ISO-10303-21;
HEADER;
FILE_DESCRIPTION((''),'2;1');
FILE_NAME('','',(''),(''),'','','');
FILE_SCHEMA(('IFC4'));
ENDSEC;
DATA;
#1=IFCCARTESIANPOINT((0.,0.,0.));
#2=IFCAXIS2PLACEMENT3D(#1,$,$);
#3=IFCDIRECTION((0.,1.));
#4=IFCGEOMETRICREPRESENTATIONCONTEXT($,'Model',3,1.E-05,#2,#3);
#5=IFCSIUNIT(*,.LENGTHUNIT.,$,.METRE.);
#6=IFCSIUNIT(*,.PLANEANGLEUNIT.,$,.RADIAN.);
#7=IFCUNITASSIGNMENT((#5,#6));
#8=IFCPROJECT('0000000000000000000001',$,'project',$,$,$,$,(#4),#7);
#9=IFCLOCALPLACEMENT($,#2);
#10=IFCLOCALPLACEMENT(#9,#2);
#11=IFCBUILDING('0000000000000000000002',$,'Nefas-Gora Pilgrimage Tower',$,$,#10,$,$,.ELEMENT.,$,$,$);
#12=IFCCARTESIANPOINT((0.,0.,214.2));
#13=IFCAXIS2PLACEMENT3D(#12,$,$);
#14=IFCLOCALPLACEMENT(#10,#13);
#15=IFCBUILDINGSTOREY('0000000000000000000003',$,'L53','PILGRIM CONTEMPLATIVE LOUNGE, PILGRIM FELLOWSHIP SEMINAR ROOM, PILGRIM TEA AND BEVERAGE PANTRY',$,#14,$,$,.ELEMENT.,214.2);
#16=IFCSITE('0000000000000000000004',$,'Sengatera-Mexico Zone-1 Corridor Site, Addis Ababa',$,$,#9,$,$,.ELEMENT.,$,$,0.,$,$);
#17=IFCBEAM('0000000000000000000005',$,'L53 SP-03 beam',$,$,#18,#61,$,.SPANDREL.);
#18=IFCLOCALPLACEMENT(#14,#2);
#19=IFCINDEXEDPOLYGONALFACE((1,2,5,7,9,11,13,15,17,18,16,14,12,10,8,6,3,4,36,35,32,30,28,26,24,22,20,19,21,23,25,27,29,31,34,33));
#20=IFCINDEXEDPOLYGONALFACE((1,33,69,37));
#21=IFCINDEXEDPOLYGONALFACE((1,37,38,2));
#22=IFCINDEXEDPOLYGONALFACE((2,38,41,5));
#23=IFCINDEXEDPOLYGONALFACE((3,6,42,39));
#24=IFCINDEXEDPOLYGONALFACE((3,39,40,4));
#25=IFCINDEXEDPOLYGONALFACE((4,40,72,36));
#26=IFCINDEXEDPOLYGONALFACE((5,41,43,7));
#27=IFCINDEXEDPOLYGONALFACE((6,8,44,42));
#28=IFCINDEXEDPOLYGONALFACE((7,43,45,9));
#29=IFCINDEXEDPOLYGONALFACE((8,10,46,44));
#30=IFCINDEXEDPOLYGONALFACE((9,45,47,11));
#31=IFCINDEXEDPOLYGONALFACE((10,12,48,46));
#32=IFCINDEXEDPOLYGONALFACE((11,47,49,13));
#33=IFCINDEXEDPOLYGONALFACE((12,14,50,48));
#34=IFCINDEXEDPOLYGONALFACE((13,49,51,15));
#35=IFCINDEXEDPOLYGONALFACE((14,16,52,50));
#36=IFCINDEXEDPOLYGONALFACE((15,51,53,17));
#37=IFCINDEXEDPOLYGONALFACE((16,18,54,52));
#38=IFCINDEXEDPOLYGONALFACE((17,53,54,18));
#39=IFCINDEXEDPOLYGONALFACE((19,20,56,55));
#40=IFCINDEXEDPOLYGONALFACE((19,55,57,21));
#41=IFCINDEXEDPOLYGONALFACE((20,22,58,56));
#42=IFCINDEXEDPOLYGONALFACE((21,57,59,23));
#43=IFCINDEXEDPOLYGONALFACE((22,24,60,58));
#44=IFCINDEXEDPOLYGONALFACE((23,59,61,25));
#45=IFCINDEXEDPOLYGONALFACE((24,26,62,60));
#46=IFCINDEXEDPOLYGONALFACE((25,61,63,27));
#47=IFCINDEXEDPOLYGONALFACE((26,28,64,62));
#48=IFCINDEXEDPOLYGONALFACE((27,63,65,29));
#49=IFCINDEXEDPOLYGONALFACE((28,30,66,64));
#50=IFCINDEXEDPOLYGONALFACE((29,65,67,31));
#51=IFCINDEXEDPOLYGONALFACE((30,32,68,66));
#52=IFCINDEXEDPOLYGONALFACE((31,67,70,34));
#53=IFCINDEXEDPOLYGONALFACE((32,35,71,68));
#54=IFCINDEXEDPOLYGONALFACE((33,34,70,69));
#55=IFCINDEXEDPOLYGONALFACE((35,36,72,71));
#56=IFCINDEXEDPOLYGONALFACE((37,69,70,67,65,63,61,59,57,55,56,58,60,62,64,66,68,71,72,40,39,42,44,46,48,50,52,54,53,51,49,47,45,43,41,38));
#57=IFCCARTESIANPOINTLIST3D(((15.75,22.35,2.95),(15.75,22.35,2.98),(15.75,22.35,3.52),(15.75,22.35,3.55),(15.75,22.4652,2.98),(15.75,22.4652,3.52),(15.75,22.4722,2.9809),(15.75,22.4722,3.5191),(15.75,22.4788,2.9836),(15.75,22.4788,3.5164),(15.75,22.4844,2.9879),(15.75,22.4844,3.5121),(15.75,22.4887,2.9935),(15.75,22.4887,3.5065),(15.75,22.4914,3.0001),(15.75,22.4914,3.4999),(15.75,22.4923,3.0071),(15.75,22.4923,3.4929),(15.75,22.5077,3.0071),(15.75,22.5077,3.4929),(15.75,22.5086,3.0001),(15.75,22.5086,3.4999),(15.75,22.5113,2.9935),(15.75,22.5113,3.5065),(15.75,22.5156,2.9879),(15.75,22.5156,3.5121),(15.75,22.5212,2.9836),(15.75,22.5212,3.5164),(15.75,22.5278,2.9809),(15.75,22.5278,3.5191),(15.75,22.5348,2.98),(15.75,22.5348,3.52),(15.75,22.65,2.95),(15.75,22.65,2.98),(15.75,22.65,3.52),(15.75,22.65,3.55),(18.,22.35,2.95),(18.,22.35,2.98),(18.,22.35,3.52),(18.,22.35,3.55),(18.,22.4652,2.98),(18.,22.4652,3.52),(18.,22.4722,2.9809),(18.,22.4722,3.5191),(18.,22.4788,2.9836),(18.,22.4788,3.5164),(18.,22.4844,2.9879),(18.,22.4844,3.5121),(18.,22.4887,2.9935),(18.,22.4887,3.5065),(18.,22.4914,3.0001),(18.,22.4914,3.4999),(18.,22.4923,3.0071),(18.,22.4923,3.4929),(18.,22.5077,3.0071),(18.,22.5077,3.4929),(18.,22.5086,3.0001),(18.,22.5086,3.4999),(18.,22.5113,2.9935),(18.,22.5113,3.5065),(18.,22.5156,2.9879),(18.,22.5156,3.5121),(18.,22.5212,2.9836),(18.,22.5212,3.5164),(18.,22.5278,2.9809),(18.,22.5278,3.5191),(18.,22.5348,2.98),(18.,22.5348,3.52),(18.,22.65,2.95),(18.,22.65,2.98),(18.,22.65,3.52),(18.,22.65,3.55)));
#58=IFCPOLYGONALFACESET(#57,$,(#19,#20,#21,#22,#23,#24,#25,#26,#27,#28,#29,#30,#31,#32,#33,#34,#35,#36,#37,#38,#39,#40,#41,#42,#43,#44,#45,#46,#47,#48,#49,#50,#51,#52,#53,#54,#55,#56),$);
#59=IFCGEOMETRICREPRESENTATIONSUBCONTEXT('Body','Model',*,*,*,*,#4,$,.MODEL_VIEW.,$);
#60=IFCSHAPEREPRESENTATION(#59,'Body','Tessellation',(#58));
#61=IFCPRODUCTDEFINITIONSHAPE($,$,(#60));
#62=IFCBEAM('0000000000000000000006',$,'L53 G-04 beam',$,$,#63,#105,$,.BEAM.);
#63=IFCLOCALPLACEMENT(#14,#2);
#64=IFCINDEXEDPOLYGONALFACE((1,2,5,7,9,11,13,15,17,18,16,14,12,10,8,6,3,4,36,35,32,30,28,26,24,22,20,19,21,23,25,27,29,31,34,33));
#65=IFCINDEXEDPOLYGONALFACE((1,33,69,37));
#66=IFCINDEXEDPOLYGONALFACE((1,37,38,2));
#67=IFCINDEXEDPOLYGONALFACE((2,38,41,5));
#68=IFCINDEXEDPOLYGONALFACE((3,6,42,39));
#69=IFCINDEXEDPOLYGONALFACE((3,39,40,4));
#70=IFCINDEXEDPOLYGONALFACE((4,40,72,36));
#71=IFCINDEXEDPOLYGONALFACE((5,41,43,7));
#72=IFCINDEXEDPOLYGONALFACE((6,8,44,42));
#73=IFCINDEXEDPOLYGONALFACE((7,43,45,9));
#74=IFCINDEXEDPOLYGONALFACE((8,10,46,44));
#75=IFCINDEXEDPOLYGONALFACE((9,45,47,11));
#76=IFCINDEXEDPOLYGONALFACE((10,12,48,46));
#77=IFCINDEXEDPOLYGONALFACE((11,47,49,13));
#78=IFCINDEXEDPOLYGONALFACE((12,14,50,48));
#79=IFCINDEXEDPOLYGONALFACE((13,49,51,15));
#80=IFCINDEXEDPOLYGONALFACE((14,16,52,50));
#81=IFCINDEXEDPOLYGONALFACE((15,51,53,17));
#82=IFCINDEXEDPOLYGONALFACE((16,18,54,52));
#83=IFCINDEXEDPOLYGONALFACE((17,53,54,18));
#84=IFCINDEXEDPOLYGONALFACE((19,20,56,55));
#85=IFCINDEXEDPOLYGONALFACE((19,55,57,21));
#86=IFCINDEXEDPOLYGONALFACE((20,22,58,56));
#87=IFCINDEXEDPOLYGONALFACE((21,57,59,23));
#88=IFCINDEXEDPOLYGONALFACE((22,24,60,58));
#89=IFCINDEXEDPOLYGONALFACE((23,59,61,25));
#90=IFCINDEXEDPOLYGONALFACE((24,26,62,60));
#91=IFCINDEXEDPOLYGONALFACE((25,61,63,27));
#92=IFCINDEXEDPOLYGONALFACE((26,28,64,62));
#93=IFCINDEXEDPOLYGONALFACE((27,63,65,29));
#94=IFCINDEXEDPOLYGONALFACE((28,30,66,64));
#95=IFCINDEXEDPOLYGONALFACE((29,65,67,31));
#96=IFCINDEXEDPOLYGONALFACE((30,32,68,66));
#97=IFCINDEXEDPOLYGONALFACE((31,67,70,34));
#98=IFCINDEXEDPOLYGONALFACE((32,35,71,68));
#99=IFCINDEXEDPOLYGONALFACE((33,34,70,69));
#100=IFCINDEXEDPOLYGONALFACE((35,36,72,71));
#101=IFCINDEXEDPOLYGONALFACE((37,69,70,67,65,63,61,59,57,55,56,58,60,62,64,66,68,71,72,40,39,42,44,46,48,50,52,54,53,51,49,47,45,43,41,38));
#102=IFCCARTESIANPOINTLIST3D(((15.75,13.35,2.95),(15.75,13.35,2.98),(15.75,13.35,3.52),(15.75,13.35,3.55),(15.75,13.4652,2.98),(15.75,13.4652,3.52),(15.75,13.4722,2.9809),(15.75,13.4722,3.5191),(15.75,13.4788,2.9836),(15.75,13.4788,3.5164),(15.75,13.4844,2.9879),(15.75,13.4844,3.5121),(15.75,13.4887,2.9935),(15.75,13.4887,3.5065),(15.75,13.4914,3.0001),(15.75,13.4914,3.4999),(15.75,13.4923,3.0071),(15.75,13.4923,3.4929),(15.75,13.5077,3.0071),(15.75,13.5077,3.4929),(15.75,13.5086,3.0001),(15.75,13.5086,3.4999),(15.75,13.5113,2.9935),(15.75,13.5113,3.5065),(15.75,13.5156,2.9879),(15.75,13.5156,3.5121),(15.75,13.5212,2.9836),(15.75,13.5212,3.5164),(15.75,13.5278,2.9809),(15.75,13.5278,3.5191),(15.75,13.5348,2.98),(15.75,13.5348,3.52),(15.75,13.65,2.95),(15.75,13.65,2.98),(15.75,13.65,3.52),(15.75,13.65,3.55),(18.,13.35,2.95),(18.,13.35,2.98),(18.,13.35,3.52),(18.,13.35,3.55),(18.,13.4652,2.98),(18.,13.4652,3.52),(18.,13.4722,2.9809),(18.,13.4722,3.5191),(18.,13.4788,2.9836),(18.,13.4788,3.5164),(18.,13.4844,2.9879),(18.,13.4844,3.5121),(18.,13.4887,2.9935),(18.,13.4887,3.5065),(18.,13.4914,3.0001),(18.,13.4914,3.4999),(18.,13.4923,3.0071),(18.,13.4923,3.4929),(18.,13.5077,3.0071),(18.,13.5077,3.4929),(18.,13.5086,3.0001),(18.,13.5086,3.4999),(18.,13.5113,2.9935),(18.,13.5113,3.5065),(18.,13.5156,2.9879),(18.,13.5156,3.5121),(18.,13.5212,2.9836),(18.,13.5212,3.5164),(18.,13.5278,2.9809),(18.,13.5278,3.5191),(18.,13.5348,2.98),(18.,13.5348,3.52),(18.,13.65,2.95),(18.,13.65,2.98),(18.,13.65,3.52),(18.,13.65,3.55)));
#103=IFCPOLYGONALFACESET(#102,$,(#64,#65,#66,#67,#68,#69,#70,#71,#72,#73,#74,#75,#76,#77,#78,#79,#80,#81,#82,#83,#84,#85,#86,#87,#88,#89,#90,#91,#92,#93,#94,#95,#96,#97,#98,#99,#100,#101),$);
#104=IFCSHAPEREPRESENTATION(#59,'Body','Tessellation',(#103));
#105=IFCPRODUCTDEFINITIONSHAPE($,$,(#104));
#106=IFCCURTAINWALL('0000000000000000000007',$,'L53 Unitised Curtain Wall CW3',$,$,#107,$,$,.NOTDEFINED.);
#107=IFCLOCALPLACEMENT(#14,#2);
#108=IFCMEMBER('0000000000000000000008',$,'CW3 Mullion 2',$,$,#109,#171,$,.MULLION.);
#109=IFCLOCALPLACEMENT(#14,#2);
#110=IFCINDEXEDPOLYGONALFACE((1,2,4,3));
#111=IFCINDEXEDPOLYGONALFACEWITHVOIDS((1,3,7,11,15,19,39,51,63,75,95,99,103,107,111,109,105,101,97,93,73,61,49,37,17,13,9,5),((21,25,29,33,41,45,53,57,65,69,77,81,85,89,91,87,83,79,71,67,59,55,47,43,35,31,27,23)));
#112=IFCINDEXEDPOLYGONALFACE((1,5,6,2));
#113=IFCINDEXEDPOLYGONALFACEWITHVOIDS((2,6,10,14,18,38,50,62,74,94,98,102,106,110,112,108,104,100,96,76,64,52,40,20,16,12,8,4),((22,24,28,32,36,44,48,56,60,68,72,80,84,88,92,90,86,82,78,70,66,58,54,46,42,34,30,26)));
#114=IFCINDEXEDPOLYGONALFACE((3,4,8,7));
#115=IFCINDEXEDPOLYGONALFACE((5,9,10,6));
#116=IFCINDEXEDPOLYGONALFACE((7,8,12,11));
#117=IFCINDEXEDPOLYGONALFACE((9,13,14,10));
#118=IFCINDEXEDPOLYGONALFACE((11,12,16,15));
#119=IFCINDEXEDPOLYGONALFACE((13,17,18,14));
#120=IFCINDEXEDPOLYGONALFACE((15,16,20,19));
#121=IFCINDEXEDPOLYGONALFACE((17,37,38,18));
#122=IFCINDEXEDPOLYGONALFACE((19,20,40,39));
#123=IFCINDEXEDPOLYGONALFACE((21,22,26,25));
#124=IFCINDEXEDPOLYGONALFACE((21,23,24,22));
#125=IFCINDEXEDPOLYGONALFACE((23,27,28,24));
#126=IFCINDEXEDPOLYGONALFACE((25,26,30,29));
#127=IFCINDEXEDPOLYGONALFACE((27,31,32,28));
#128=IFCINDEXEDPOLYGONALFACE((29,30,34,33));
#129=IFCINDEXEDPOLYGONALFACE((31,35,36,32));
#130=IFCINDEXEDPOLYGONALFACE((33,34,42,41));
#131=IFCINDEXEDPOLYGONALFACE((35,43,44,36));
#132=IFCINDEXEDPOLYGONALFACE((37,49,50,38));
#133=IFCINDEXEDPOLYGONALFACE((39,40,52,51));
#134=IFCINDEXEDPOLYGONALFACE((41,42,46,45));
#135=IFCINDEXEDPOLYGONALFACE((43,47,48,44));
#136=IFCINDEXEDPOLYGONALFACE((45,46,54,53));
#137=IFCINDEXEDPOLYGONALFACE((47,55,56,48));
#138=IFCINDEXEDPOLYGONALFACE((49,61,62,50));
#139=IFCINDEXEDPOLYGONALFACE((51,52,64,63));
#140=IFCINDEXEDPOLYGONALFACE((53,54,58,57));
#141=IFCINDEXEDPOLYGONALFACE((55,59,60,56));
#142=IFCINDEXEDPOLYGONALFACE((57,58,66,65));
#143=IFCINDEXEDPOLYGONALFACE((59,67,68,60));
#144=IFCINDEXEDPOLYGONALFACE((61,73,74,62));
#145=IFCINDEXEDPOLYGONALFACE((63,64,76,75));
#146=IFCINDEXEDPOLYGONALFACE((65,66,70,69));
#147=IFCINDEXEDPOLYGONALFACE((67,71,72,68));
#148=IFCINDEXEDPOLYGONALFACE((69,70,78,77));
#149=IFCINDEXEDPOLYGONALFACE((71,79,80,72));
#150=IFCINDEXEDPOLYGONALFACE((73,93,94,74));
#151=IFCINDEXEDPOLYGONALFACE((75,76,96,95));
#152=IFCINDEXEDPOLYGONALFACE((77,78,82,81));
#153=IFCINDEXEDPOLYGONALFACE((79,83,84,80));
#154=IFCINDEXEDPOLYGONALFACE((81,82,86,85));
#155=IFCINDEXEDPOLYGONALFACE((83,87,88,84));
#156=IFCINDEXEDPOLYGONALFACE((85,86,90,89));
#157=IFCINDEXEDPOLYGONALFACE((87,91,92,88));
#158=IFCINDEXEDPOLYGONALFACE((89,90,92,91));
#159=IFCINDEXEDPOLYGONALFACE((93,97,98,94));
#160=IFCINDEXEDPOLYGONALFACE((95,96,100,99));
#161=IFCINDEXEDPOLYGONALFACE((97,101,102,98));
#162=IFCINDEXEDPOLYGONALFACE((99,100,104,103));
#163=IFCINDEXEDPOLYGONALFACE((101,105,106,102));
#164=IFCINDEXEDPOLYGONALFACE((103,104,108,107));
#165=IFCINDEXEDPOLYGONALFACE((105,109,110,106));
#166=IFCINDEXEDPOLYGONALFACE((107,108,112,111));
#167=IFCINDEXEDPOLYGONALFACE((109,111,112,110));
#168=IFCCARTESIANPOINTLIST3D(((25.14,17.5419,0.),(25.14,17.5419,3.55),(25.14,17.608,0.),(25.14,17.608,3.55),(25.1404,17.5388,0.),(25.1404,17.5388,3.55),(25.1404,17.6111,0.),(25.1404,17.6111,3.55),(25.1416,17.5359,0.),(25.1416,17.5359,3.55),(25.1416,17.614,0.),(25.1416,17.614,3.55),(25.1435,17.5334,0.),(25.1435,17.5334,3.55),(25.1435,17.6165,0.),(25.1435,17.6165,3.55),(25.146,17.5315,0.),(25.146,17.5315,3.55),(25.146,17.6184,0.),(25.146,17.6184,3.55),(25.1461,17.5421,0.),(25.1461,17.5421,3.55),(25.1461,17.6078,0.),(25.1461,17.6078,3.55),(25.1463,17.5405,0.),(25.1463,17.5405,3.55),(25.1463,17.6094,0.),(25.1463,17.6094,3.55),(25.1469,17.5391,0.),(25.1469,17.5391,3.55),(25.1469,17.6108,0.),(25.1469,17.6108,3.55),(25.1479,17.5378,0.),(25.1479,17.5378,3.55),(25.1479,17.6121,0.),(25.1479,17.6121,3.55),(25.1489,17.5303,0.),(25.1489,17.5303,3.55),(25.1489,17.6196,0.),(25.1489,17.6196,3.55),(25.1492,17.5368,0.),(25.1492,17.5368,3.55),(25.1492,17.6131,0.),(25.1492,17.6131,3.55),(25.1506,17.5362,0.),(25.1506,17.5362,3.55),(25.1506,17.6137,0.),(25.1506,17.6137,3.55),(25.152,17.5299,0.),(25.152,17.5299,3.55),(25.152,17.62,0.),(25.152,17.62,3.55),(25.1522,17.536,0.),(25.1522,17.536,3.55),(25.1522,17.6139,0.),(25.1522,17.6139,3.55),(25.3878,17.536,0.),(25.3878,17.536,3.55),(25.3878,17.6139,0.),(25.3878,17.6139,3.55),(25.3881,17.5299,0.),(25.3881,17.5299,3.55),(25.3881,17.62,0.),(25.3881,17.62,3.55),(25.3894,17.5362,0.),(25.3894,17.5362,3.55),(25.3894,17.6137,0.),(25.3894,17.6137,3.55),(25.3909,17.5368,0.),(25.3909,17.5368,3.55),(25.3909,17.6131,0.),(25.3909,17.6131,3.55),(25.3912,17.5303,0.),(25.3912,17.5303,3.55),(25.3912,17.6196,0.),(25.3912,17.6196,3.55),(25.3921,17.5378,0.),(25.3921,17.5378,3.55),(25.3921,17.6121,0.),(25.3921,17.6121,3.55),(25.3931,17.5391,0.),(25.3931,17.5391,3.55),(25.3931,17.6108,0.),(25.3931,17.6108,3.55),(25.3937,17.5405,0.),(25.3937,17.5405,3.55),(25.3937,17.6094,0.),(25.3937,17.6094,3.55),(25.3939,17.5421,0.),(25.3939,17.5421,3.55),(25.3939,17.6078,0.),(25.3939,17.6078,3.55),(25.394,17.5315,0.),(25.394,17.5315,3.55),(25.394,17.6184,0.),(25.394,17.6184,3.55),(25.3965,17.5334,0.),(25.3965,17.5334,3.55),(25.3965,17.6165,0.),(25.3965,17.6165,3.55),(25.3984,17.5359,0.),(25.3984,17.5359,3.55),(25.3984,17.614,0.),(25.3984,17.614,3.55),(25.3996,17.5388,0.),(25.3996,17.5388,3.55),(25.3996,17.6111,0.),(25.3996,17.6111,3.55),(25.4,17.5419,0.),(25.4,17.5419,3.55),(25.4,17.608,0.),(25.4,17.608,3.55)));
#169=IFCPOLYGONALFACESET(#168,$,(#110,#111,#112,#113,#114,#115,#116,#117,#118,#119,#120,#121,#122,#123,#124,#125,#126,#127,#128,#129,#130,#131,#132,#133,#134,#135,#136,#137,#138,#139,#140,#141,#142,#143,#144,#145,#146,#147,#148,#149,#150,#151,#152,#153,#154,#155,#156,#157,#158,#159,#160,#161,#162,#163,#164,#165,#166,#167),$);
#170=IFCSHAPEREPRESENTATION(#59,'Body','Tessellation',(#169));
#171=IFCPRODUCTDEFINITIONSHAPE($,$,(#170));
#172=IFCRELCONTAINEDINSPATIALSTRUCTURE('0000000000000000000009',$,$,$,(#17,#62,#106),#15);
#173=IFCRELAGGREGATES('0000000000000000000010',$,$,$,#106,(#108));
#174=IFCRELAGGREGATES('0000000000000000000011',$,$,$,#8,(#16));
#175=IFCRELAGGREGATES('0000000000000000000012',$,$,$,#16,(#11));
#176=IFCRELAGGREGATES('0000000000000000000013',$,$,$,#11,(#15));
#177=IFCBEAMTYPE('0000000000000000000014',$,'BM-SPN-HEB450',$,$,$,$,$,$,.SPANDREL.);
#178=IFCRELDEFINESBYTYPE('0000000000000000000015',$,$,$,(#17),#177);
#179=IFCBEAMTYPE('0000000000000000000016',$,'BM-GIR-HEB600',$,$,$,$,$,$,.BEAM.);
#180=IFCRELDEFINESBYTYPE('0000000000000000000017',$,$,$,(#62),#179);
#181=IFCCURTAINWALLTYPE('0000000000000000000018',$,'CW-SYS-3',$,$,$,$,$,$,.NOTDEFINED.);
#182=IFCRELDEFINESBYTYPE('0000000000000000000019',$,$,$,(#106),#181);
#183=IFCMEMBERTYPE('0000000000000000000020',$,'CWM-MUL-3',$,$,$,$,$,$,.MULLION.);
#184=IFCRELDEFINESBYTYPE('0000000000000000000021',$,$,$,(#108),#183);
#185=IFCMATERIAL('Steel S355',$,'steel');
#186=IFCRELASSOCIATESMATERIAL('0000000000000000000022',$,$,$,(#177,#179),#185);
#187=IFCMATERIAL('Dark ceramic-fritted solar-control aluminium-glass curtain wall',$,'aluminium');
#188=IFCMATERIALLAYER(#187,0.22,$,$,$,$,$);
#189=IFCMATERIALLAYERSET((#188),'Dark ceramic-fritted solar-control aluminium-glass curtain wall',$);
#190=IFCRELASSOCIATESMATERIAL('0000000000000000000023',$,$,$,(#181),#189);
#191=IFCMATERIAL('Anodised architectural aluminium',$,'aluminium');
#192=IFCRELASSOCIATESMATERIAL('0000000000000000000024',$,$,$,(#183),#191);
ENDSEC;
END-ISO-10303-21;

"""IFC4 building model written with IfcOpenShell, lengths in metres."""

from ifc_helpers import new_model, si_unit, direction, frame, origin, origin_2d, place, context, subcontext, project, spatial, hollow_rectangle, i_section, extrude, source, transform, mapped, material, layer, layer_set, material_profile, profile_set, type_object, element, aggregate, save


model = new_model("IFC4")

# Units and contexts
model_context = context("Model", 3, precision=1e-05, world=origin(), true_north=direction((0.0, 1.0)))
body_context = subcontext(model_context, "Body", "Model", "MODEL_VIEW")
ifc_project = project(units=[si_unit("LENGTHUNIT", "METRE"), si_unit("PLANEANGLEUNIT", "RADIAN")], contexts=[model_context])

# Site, building, storey
site_placement = place(None, origin())
site = spatial("IfcSite", under=ifc_project, at=site_placement, Name="Sengatera-Mexico Zone-1 Corridor Site, Addis Ababa", CompositionType="ELEMENT", RefElevation=0.0)
building_placement = place(site_placement, origin())
building = spatial("IfcBuilding", under=site, at=building_placement, Name="Nefas-Gora Pilgrimage Tower", CompositionType="ELEMENT")
storey_placement = place(building_placement, frame((0.0, 0.0, 214.2)))
storey = spatial("IfcBuildingStorey", under=building, at=storey_placement, Name="L53", Description="PILGRIM CONTEMPLATIVE LOUNGE, PILGRIM FELLOWSHIP SEMINAR ROOM, PILGRIM TEA AND BEVERAGE PANTRY", CompositionType="ELEMENT", Elevation=214.2)

# Beams
ifc_material_1 = material(Name="Steel S355", Category="steel")
ifc_material_profile_1 = material_profile(ifc_material_1, i_section(OverallWidth=0.3, OverallDepth=0.6001, WebThickness=0.0154, FlangeThickness=0.03, FilletRadius=0.0271, at=origin_2d()), Name="HEB 600")
ifc_profile_set_1 = profile_set([ifc_material_profile_1], Name="Steel S355")
beam_type_1 = type_object("IfcBeamType", Name="BM-SPN-HEB450", PredefinedType="SPANDREL", material=ifc_profile_set_1)
ifc_material_profile_2 = material_profile(ifc_material_1, i_section(OverallWidth=0.3, OverallDepth=0.6001, WebThickness=0.0154, FlangeThickness=0.03, FilletRadius=0.0271, at=origin_2d()), Name="HEB 600")
ifc_profile_set_2 = profile_set([ifc_material_profile_2], Name="Steel S355")
beam_type_2 = type_object("IfcBeamType", Name="BM-GIR-HEB600", PredefinedType="BEAM", material=ifc_profile_set_2)
shared_shape_1 = source(origin(), body_context, "Body", "SweptSolid", [
    extrude(i_section(OverallWidth=0.3, OverallDepth=0.6001, WebThickness=0.0154, FlangeThickness=0.03, FilletRadius=0.0271, at=origin_2d()), origin(), (0.0, 0.0, 1.0), 2.25),
])
for number, where, z_axis, x_axis, name in (
    (1, (15.75, 22.5, 3.25), (1.0, 0.0, 0.0), (0.0, 1.0, 0.0), "L53 SP-03 beam"),
):
    element("IfcBeam", number, at=place(storey_placement, frame(where, z_axis=z_axis, x_axis=x_axis)), inside=storey, type_object=beam_type_1, Name=name, PredefinedType="SPANDREL", context=body_context, shape_type="MappedRepresentation", body=[
        mapped(shared_shape_1, transform((0.0, 0.0, 0.0), x_axis=(1.0, 0.0, 0.0), y_axis=(0.0, 1.0, 0.0), z_axis=(0.0, 0.0, 1.0), scale=1.0)),
    ])
shared_shape_2 = source(origin(), body_context, "Body", "SweptSolid", [
    extrude(i_section(OverallWidth=0.3, OverallDepth=0.6001, WebThickness=0.0154, FlangeThickness=0.03, FilletRadius=0.0271, at=origin_2d()), origin(), (0.0, 0.0, 1.0), 2.25),
])
beam_1_placement = place(storey_placement, frame((15.75, 13.5, 3.25), z_axis=(1.0, 0.0, 0.0), x_axis=(0.0, 1.0, 0.0)))
element("IfcBeam", 2, at=beam_1_placement, inside=storey, type_object=beam_type_2, Name="L53 G-04 beam", PredefinedType="BEAM", context=body_context, shape_type="MappedRepresentation", body=[
    mapped(shared_shape_2, transform((0.0, 0.0, 0.0), x_axis=(1.0, 0.0, 0.0), y_axis=(0.0, 1.0, 0.0), z_axis=(0.0, 0.0, 1.0), scale=1.0)),
])

# Curtain wall, member
ifc_material_2 = material(Name="Dark ceramic-fritted solar-control aluminium-glass curtain wall", Category="aluminium")
ifc_layer_1 = layer(ifc_material_2, 0.22)
ifc_layer_set_1 = layer_set([ifc_layer_1], Name="Dark ceramic-fritted solar-control aluminium-glass curtain wall")
curtain_wall_type = type_object("IfcCurtainWallType", Name="CW-SYS-3", PredefinedType="NOTDEFINED", material=ifc_layer_set_1)
curtain_wall_1_placement = place(storey_placement, origin())
curtain_wall_1 = element("IfcCurtainWall", 3, at=curtain_wall_1_placement, inside=storey, type_object=curtain_wall_type, Name="L53 Unitised Curtain Wall CW3", PredefinedType="NOTDEFINED")
ifc_material_3 = material(Name="Anodised architectural aluminium", Category="aluminium")
ifc_material_profile_3 = material_profile(ifc_material_3, hollow_rectangle(XDim=0.0901, YDim=0.26, WallThickness=0.0061, InnerFilletRadius=0.0061, OuterFilletRadius=0.012, at=origin_2d()), Name="ALU MULLION 90x260")
ifc_profile_set_3 = profile_set([ifc_material_profile_3], Name="Anodised architectural aluminium")
member_type_1 = type_object("IfcMemberType", Name="CWM-MUL-3", PredefinedType="MULLION", material=ifc_profile_set_3)
shared_shape_3 = source(origin(), body_context, "Body", "SweptSolid", [
    extrude(hollow_rectangle(XDim=0.0901, YDim=0.26, WallThickness=0.0061, InnerFilletRadius=0.0061, OuterFilletRadius=0.012, at=origin_2d()), origin(), (0.0, 0.0, 1.0), 3.55),
])
member_1_placement = place(storey_placement, frame((25.27, 17.575, 0.0), z_axis=(0.0, 0.0, 1.0), x_axis=(0.0, 1.0, 0.0)))
member_1 = element("IfcMember", 4, at=member_1_placement, type_object=member_type_1, Name="CW3 Mullion 2", PredefinedType="MULLION", context=body_context, shape_type="MappedRepresentation", body=[
    mapped(shared_shape_3, transform((0.0, 0.0, 0.0), x_axis=(1.0, 0.0, 0.0), y_axis=(0.0, 1.0, 0.0), z_axis=(0.0, 0.0, 1.0), scale=1.0)),
])
aggregate(curtain_wall_1, [member_1])

save(model, "model.ifc")
